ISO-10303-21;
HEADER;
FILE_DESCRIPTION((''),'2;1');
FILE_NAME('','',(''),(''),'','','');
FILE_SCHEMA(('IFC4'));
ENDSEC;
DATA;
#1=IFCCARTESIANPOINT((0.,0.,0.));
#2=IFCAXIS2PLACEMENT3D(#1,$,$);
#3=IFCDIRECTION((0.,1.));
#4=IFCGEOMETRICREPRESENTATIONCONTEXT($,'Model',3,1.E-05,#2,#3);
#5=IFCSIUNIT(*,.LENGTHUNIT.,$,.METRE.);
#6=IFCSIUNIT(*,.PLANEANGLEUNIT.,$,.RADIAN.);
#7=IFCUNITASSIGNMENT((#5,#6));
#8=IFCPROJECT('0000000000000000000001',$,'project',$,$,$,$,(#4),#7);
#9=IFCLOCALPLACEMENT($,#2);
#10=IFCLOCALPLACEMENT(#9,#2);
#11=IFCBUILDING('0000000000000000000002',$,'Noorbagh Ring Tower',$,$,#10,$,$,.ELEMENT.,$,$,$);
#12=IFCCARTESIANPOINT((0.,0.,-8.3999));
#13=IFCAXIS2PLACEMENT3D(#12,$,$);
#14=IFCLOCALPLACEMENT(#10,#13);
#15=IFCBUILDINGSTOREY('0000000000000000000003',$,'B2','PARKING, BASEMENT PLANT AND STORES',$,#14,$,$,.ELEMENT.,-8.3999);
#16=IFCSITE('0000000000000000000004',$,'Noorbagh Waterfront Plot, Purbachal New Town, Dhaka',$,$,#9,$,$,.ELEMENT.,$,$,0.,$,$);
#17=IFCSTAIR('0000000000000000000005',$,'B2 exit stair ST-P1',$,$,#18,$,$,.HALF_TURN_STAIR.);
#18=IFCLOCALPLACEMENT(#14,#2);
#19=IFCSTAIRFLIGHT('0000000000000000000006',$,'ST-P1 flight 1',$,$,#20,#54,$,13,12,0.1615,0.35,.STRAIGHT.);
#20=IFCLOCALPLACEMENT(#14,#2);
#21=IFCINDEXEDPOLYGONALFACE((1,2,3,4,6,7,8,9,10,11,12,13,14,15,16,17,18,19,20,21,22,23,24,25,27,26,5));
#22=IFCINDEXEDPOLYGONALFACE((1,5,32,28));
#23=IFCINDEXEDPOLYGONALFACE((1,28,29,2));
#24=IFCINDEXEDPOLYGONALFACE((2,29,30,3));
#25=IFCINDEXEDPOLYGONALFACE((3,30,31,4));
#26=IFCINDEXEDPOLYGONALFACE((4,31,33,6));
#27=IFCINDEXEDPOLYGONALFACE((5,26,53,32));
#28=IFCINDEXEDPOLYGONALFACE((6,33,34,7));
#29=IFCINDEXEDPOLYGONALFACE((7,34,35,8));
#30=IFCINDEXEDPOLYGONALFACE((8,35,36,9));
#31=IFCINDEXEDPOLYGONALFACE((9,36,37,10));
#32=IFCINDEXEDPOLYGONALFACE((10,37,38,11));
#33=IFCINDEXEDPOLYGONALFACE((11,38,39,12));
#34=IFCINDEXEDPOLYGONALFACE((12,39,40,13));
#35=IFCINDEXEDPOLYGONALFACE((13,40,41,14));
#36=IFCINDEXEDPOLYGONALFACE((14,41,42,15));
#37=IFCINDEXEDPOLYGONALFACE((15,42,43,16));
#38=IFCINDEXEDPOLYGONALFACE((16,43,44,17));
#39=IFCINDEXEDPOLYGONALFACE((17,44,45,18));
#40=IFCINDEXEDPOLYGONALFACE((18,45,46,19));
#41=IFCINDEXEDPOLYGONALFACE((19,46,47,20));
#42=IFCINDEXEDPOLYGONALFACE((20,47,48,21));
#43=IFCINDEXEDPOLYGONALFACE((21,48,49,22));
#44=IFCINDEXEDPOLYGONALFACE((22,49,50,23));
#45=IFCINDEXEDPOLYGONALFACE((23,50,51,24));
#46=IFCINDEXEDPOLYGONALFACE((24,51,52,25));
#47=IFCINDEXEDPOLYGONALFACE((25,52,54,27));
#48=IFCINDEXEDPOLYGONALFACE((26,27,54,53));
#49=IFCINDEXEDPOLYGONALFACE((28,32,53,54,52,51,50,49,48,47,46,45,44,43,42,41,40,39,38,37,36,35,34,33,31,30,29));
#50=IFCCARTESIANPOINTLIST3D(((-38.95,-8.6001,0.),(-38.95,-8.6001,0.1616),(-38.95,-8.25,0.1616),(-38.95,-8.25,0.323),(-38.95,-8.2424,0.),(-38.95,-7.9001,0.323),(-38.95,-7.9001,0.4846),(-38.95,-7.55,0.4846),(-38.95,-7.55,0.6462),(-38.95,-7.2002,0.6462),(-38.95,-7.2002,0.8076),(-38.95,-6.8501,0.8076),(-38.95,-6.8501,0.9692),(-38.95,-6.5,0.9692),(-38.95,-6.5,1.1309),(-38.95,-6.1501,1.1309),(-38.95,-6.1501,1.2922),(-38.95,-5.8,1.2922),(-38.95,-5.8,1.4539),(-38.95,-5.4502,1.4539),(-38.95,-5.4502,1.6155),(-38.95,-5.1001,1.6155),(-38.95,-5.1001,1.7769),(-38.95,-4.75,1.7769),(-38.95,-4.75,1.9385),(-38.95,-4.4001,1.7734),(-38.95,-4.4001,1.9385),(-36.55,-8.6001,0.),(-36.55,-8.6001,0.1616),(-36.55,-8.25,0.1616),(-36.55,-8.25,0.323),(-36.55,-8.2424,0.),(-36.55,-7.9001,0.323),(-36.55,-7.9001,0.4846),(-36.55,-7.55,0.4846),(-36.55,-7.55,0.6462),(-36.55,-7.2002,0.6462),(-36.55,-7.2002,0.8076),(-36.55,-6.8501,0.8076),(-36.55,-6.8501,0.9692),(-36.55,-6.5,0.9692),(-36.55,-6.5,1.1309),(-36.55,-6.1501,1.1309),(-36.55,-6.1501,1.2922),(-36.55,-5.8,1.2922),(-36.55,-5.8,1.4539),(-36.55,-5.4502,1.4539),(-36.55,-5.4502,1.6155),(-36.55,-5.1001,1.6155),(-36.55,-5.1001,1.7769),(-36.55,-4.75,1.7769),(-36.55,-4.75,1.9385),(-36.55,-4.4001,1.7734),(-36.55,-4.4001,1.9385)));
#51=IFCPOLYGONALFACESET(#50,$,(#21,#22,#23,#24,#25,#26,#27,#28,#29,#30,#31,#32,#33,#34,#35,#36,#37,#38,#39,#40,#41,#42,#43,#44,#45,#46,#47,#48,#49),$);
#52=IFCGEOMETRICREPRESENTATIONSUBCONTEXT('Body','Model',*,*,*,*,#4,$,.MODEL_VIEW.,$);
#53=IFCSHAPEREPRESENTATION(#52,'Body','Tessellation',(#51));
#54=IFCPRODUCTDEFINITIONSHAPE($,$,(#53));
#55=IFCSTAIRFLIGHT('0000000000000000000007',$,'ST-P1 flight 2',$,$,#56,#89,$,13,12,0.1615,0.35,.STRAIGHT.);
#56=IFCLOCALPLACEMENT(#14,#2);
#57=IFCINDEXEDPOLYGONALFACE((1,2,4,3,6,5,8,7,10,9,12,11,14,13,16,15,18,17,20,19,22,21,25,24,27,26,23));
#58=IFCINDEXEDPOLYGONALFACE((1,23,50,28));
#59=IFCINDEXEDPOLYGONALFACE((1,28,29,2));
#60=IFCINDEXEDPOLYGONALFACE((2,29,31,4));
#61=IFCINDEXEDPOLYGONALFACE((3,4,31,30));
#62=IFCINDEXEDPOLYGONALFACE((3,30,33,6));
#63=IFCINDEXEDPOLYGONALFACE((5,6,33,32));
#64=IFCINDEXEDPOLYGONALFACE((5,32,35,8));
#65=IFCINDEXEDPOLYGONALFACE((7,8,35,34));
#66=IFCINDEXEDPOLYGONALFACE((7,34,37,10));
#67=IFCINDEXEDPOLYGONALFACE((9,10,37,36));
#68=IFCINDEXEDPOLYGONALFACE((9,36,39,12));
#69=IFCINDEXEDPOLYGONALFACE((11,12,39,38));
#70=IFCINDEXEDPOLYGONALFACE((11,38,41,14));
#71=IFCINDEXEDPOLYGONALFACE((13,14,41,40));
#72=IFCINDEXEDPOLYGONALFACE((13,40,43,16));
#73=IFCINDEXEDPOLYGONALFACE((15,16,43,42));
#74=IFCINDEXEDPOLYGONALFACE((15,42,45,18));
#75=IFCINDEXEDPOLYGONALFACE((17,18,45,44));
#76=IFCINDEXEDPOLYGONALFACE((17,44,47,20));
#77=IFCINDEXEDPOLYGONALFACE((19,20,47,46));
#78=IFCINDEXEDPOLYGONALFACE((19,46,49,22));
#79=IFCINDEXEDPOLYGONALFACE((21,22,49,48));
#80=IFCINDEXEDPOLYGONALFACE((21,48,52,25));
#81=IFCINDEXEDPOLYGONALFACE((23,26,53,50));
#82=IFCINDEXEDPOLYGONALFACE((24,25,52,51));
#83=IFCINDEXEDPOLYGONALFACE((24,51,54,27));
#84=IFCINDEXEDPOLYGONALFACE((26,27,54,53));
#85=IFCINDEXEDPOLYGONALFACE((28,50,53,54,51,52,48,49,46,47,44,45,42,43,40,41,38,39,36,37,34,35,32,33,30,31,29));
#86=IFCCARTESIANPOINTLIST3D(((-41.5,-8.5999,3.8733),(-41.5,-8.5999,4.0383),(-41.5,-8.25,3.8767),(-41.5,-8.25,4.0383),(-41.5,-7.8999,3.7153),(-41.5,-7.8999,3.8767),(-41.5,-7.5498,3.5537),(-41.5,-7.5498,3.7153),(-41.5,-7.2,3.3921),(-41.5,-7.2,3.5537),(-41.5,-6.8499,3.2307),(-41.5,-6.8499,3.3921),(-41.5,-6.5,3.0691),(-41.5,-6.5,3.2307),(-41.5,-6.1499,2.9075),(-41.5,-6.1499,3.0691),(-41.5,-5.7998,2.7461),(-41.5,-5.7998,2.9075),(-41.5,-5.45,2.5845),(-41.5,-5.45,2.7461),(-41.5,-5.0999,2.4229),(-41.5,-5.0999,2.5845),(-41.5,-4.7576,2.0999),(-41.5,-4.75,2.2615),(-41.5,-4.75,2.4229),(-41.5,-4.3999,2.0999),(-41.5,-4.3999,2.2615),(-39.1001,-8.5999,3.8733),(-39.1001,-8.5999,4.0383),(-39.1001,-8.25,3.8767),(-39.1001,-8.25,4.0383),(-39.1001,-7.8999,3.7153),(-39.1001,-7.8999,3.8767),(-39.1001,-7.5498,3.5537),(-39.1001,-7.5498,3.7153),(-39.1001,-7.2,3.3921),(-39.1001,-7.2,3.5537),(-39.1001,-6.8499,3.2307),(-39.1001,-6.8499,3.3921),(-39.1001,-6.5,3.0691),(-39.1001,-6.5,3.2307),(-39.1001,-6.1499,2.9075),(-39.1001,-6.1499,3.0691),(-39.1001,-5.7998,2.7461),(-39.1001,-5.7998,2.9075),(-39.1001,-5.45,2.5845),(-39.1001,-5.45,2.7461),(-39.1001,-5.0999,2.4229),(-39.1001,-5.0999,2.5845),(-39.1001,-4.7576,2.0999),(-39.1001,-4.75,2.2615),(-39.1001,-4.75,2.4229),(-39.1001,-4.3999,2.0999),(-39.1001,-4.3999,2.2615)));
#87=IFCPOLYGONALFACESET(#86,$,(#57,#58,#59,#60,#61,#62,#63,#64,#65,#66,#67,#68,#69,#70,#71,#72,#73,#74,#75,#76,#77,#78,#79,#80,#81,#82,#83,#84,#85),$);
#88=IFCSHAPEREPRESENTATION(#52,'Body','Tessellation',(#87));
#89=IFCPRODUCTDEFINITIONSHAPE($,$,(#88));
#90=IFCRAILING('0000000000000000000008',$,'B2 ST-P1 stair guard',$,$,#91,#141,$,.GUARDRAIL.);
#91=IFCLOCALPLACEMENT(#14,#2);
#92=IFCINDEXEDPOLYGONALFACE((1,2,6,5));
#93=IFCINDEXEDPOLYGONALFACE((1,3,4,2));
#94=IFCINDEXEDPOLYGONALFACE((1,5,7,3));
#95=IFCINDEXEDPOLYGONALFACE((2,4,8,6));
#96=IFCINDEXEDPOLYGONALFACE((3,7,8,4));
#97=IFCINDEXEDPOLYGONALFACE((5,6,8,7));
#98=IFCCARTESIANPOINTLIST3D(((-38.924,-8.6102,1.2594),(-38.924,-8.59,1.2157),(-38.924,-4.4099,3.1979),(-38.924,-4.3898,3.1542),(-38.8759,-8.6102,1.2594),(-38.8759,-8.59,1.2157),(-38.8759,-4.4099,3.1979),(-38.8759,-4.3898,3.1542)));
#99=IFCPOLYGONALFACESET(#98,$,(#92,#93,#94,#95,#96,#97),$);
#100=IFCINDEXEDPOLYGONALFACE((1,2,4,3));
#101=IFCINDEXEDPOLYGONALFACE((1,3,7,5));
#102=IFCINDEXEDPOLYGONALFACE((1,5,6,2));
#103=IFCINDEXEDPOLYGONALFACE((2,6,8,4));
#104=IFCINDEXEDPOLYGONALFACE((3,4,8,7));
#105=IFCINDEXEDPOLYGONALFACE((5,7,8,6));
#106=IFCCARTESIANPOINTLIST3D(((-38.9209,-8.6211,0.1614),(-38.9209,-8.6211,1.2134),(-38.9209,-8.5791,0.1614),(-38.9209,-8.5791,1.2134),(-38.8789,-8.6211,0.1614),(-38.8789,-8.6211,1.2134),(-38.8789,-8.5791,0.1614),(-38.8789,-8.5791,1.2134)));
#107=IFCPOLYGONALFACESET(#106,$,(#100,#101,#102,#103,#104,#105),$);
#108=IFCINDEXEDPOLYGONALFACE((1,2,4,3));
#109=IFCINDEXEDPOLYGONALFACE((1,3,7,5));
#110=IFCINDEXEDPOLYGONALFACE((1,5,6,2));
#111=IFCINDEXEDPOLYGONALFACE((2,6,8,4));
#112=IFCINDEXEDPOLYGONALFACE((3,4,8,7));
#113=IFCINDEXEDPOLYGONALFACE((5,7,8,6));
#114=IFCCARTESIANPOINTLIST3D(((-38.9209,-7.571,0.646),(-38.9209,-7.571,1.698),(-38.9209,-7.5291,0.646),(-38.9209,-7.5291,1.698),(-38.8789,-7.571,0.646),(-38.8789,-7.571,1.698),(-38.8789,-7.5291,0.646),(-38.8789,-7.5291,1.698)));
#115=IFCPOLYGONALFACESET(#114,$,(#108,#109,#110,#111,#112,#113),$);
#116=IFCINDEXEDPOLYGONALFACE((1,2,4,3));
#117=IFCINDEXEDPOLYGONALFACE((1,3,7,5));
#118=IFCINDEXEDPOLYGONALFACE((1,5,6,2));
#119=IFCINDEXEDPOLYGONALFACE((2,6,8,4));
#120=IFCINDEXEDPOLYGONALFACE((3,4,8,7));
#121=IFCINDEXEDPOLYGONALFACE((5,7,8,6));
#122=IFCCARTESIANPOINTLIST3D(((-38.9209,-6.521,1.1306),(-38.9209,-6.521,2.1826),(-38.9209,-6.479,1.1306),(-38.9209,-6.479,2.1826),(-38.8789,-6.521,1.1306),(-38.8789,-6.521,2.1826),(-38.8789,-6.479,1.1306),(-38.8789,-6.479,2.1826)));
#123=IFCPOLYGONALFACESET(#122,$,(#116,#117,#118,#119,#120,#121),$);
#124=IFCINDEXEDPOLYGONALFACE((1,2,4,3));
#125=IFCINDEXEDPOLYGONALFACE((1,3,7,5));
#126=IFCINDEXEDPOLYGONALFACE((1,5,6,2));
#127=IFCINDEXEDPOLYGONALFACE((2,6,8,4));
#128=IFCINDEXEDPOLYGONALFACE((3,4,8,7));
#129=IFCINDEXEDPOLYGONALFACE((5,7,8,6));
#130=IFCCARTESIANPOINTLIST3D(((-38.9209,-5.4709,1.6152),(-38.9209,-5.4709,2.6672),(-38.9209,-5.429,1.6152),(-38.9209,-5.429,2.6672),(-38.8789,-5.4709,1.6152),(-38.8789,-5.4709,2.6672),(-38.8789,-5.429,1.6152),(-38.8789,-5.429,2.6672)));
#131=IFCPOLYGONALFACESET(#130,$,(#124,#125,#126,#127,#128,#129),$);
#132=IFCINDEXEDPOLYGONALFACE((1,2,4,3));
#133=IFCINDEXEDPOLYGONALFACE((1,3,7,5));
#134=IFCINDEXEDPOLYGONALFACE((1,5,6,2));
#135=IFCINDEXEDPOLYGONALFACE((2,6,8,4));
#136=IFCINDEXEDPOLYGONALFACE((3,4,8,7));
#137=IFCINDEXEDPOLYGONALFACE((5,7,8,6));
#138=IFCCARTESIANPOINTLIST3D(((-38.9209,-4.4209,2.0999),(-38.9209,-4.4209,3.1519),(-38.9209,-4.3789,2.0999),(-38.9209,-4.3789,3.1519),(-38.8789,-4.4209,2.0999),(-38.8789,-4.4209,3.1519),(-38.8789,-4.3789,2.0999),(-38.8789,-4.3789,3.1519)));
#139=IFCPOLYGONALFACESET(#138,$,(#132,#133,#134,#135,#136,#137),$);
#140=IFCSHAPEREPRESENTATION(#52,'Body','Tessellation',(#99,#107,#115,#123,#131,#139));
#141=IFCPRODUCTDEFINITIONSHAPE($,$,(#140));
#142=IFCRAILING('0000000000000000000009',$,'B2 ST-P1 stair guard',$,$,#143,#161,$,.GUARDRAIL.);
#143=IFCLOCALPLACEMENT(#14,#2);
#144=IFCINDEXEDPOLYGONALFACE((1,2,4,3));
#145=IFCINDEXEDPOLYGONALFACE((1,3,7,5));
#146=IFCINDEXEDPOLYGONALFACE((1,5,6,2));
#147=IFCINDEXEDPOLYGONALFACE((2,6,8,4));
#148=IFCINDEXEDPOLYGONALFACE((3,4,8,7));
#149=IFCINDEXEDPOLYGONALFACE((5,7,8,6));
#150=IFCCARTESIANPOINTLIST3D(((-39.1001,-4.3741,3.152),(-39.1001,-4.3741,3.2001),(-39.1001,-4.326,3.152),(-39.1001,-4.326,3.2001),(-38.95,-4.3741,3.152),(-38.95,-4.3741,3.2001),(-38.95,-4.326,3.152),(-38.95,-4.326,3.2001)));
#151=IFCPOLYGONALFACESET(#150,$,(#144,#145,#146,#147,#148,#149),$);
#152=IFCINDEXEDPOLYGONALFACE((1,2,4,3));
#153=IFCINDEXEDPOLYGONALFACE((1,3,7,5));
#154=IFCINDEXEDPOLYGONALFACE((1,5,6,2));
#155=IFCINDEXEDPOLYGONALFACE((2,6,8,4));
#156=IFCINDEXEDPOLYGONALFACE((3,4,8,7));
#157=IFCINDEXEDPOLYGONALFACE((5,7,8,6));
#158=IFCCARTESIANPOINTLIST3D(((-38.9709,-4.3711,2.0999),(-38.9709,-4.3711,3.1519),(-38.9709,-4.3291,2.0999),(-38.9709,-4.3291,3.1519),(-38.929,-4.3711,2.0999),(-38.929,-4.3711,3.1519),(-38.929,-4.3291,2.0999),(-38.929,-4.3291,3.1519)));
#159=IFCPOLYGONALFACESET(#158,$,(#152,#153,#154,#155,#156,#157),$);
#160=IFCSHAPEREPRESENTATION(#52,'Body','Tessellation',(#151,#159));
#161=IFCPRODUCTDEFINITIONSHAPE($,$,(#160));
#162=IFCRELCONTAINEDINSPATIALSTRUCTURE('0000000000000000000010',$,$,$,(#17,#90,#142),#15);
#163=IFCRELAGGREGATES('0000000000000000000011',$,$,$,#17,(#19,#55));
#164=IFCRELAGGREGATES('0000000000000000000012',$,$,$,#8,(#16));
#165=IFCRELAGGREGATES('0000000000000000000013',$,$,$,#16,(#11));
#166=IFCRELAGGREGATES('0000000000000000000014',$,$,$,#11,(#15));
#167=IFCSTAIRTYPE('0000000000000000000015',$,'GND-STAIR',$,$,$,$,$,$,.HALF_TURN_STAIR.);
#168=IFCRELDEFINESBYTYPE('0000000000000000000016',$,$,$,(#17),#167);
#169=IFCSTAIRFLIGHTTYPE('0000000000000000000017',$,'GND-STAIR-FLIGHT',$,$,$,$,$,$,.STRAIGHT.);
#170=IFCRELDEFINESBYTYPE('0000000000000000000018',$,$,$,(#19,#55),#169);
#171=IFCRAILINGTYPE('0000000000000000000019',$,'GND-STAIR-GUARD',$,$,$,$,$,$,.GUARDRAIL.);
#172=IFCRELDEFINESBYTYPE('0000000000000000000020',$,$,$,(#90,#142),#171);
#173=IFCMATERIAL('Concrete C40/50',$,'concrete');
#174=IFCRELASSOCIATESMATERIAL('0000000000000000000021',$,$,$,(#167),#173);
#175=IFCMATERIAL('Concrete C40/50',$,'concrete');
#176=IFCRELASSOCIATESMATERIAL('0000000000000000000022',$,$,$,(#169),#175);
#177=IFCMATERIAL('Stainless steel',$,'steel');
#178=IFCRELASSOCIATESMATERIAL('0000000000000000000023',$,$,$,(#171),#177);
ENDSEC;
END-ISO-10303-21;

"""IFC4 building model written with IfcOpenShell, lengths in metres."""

from ifc_helpers import new_model, si_unit, direction, frame, origin, origin_2d, place, context, subcontext, project, spatial, polyline, rectangle, outline, extrude, material, type_object, element, aggregate, save


model = new_model("IFC4")

# Units and contexts
model_context = context("Model", 3, precision=1e-05, world=origin(), true_north=direction((0.0, 1.0)))
body_context = subcontext(model_context, "Body", "Model", "MODEL_VIEW")
ifc_project = project(units=[si_unit("LENGTHUNIT", "METRE"), si_unit("PLANEANGLEUNIT", "RADIAN")], contexts=[model_context])

# Site, building, storey
site_placement = place(None, origin())
site = spatial("IfcSite", under=ifc_project, at=site_placement, Name="Noorbagh Waterfront Plot, Purbachal New Town, Dhaka", CompositionType="ELEMENT", RefElevation=0.0)
building_placement = place(site_placement, origin())
building = spatial("IfcBuilding", under=site, at=building_placement, Name="Noorbagh Ring Tower", CompositionType="ELEMENT")
storey_placement = place(building_placement, frame((0.0, 0.0, -8.3999)))
storey = spatial("IfcBuildingStorey", under=building, at=storey_placement, Name="B2", Description="PARKING, BASEMENT PLANT AND STORES", CompositionType="ELEMENT", Elevation=-8.3999)

# Stair, stair flights
ifc_material_1 = material(Name="Concrete C40/50", Category="concrete")
stair_type = type_object("IfcStairType", Name="GND-STAIR", PredefinedType="HALF_TURN_STAIR", material=ifc_material_1)
stair_placement = place(storey_placement, origin())
stair = element("IfcStair", 1, at=stair_placement, inside=storey, type_object=stair_type, Name="B2 exit stair ST-P1", PredefinedType="HALF_TURN_STAIR")
ifc_material_2 = material(Name="Concrete C40/50", Category="concrete")
stair_flight_type = type_object("IfcStairFlightType", Name="GND-STAIR-FLIGHT", PredefinedType="STRAIGHT", material=ifc_material_2)
stair_flight_1_placement = place(storey_placement, frame((-37.75, -8.6001, 0.0), z_axis=(0.0, 0.0, 1.0), x_axis=(0.0, 1.0, 0.0)))
stair_flight_1 = element("IfcStairFlight", 2, at=stair_flight_1_placement, type_object=stair_flight_type, Name="ST-P1 flight 1", NumberOfRisers=13, NumberOfTreads=12, PredefinedType="STRAIGHT", RiserHeight=0.1615, TreadLength=0.35, context=body_context, shape_type="SweptSolid", body=[
    extrude(outline(polyline([(0.0, 0.0), (0.0, 0.1616), (0.3501, 0.1616), (0.3501, 0.323), (0.7, 0.323), (0.7, 0.4846), (1.05, 0.4846), (1.05, 0.6462), (1.3999, 0.6462), (1.3999, 0.8076), (1.75, 0.8076), (1.75, 0.9692), (2.1001, 0.9692), (2.1001, 1.1309), (2.45, 1.1309), (2.45, 1.2922), (2.8, 1.2922), (2.8, 1.4539), (3.1499, 1.4539), (3.1499, 1.6155), (3.5, 1.6155), (3.5, 1.7769), (3.8501, 1.7769), (3.8501, 1.9385), (4.2, 1.9385), (4.2, 2.1001), (4.2, 1.7734), (0.3577, 0.0), (0.0, 0.0)])), frame((0.0, 1.2, 0.0), z_axis=(0.0, -1.0, 0.0), x_axis=(1.0, 0.0, 0.0)), (0.0, 0.0, 1.0), 2.3999),
])
stair_flight_2_placement = place(storey_placement, frame((-40.3, -4.3999, 2.0999), z_axis=(0.0, 0.0, 1.0), x_axis=(0.0, -1.0, 0.0)))
stair_flight_2 = element("IfcStairFlight", 3, at=stair_flight_2_placement, type_object=stair_flight_type, Name="ST-P1 flight 2", NumberOfRisers=13, NumberOfTreads=12, PredefinedType="STRAIGHT", RiserHeight=0.1615, TreadLength=0.35, context=body_context, shape_type="SweptSolid", body=[
    extrude(outline(polyline([(0.0, 0.0), (0.0, 0.1616), (0.3501, 0.1616), (0.3501, 0.323), (0.7, 0.323), (0.7, 0.4846), (1.05, 0.4846), (1.05, 0.6462), (1.3999, 0.6462), (1.3999, 0.8076), (1.75, 0.8076), (1.75, 0.9692), (2.1001, 0.9692), (2.1001, 1.1309), (2.45, 1.1309), (2.45, 1.2922), (2.8, 1.2922), (2.8, 1.4539), (3.1499, 1.4539), (3.1499, 1.6155), (3.5, 1.6155), (3.5, 1.7769), (3.8501, 1.7769), (3.8501, 1.9385), (4.2, 1.9385), (4.2, 2.1001), (4.2, 1.7734), (0.3577, 0.0), (0.0, 0.0)])), frame((0.0, 1.2, 0.0), z_axis=(0.0, -1.0, 0.0), x_axis=(1.0, 0.0, 0.0)), (0.0, 0.0, 1.0), 2.3999),
])
aggregate(stair, [stair_flight_1, stair_flight_2])

# Railings
ifc_material_3 = material(Name="Stainless steel", Category="steel")
railing_type_1 = type_object("IfcRailingType", Name="GND-STAIR-GUARD", PredefinedType="GUARDRAIL", material=ifc_material_3)
railing_1_placement = place(storey_placement, frame((-38.8999, -8.6001, 0.1614)))
element("IfcRailing", 4, at=railing_1_placement, inside=storey, type_object=railing_type_1, Name="B2 ST-P1 stair guard", PredefinedType="GUARDRAIL", context=body_context, shape_type="SweptSolid", body=[
    extrude(rectangle(XDim=0.0481, YDim=0.0481, at=origin_2d()), frame((0.0, 0.0, 1.0762), z_axis=(0.0, 0.907966, 0.419045), x_axis=(-1.0, 0.0, 0.0)), (0.0, 0.0, 1.0), 4.626),
    extrude(rectangle(XDim=0.042, YDim=0.042, at=origin_2d()), origin(), (0.0, 0.0, 1.0), 1.052),
    extrude(rectangle(XDim=0.042, YDim=0.042, at=origin_2d()), frame((0.0, 1.05, 0.4846)), (0.0, 0.0, 1.0), 1.052),
    extrude(rectangle(XDim=0.042, YDim=0.042, at=origin_2d()), frame((0.0, 2.1001, 0.9692)), (0.0, 0.0, 1.0), 1.052),
    extrude(rectangle(XDim=0.042, YDim=0.042, at=origin_2d()), frame((0.0, 3.1501, 1.4539)), (0.0, 0.0, 1.0), 1.052),
    extrude(rectangle(XDim=0.042, YDim=0.042, at=origin_2d()), frame((0.0, 4.2002, 1.9385)), (0.0, 0.0, 1.0), 1.052),
])
railing_2_placement = place(storey_placement, frame((-38.95, -4.3501, 2.0999)))
element("IfcRailing", 5, at=railing_2_placement, inside=storey, type_object=railing_type_1, Name="B2 ST-P1 stair guard", PredefinedType="GUARDRAIL", context=body_context, shape_type="SweptSolid", body=[
    extrude(rectangle(XDim=0.0481, YDim=0.0481, at=origin_2d()), frame((0.0, 0.0, 1.0762), z_axis=(-1.0, 0.0, 0.0), x_axis=(0.0, -1.0, 0.0)), (0.0, 0.0, 1.0), 0.1501),
    extrude(rectangle(XDim=0.042, YDim=0.042, at=origin_2d()), origin(), (0.0, 0.0, 1.0), 1.052),
])

save(model, "model.ifc")
